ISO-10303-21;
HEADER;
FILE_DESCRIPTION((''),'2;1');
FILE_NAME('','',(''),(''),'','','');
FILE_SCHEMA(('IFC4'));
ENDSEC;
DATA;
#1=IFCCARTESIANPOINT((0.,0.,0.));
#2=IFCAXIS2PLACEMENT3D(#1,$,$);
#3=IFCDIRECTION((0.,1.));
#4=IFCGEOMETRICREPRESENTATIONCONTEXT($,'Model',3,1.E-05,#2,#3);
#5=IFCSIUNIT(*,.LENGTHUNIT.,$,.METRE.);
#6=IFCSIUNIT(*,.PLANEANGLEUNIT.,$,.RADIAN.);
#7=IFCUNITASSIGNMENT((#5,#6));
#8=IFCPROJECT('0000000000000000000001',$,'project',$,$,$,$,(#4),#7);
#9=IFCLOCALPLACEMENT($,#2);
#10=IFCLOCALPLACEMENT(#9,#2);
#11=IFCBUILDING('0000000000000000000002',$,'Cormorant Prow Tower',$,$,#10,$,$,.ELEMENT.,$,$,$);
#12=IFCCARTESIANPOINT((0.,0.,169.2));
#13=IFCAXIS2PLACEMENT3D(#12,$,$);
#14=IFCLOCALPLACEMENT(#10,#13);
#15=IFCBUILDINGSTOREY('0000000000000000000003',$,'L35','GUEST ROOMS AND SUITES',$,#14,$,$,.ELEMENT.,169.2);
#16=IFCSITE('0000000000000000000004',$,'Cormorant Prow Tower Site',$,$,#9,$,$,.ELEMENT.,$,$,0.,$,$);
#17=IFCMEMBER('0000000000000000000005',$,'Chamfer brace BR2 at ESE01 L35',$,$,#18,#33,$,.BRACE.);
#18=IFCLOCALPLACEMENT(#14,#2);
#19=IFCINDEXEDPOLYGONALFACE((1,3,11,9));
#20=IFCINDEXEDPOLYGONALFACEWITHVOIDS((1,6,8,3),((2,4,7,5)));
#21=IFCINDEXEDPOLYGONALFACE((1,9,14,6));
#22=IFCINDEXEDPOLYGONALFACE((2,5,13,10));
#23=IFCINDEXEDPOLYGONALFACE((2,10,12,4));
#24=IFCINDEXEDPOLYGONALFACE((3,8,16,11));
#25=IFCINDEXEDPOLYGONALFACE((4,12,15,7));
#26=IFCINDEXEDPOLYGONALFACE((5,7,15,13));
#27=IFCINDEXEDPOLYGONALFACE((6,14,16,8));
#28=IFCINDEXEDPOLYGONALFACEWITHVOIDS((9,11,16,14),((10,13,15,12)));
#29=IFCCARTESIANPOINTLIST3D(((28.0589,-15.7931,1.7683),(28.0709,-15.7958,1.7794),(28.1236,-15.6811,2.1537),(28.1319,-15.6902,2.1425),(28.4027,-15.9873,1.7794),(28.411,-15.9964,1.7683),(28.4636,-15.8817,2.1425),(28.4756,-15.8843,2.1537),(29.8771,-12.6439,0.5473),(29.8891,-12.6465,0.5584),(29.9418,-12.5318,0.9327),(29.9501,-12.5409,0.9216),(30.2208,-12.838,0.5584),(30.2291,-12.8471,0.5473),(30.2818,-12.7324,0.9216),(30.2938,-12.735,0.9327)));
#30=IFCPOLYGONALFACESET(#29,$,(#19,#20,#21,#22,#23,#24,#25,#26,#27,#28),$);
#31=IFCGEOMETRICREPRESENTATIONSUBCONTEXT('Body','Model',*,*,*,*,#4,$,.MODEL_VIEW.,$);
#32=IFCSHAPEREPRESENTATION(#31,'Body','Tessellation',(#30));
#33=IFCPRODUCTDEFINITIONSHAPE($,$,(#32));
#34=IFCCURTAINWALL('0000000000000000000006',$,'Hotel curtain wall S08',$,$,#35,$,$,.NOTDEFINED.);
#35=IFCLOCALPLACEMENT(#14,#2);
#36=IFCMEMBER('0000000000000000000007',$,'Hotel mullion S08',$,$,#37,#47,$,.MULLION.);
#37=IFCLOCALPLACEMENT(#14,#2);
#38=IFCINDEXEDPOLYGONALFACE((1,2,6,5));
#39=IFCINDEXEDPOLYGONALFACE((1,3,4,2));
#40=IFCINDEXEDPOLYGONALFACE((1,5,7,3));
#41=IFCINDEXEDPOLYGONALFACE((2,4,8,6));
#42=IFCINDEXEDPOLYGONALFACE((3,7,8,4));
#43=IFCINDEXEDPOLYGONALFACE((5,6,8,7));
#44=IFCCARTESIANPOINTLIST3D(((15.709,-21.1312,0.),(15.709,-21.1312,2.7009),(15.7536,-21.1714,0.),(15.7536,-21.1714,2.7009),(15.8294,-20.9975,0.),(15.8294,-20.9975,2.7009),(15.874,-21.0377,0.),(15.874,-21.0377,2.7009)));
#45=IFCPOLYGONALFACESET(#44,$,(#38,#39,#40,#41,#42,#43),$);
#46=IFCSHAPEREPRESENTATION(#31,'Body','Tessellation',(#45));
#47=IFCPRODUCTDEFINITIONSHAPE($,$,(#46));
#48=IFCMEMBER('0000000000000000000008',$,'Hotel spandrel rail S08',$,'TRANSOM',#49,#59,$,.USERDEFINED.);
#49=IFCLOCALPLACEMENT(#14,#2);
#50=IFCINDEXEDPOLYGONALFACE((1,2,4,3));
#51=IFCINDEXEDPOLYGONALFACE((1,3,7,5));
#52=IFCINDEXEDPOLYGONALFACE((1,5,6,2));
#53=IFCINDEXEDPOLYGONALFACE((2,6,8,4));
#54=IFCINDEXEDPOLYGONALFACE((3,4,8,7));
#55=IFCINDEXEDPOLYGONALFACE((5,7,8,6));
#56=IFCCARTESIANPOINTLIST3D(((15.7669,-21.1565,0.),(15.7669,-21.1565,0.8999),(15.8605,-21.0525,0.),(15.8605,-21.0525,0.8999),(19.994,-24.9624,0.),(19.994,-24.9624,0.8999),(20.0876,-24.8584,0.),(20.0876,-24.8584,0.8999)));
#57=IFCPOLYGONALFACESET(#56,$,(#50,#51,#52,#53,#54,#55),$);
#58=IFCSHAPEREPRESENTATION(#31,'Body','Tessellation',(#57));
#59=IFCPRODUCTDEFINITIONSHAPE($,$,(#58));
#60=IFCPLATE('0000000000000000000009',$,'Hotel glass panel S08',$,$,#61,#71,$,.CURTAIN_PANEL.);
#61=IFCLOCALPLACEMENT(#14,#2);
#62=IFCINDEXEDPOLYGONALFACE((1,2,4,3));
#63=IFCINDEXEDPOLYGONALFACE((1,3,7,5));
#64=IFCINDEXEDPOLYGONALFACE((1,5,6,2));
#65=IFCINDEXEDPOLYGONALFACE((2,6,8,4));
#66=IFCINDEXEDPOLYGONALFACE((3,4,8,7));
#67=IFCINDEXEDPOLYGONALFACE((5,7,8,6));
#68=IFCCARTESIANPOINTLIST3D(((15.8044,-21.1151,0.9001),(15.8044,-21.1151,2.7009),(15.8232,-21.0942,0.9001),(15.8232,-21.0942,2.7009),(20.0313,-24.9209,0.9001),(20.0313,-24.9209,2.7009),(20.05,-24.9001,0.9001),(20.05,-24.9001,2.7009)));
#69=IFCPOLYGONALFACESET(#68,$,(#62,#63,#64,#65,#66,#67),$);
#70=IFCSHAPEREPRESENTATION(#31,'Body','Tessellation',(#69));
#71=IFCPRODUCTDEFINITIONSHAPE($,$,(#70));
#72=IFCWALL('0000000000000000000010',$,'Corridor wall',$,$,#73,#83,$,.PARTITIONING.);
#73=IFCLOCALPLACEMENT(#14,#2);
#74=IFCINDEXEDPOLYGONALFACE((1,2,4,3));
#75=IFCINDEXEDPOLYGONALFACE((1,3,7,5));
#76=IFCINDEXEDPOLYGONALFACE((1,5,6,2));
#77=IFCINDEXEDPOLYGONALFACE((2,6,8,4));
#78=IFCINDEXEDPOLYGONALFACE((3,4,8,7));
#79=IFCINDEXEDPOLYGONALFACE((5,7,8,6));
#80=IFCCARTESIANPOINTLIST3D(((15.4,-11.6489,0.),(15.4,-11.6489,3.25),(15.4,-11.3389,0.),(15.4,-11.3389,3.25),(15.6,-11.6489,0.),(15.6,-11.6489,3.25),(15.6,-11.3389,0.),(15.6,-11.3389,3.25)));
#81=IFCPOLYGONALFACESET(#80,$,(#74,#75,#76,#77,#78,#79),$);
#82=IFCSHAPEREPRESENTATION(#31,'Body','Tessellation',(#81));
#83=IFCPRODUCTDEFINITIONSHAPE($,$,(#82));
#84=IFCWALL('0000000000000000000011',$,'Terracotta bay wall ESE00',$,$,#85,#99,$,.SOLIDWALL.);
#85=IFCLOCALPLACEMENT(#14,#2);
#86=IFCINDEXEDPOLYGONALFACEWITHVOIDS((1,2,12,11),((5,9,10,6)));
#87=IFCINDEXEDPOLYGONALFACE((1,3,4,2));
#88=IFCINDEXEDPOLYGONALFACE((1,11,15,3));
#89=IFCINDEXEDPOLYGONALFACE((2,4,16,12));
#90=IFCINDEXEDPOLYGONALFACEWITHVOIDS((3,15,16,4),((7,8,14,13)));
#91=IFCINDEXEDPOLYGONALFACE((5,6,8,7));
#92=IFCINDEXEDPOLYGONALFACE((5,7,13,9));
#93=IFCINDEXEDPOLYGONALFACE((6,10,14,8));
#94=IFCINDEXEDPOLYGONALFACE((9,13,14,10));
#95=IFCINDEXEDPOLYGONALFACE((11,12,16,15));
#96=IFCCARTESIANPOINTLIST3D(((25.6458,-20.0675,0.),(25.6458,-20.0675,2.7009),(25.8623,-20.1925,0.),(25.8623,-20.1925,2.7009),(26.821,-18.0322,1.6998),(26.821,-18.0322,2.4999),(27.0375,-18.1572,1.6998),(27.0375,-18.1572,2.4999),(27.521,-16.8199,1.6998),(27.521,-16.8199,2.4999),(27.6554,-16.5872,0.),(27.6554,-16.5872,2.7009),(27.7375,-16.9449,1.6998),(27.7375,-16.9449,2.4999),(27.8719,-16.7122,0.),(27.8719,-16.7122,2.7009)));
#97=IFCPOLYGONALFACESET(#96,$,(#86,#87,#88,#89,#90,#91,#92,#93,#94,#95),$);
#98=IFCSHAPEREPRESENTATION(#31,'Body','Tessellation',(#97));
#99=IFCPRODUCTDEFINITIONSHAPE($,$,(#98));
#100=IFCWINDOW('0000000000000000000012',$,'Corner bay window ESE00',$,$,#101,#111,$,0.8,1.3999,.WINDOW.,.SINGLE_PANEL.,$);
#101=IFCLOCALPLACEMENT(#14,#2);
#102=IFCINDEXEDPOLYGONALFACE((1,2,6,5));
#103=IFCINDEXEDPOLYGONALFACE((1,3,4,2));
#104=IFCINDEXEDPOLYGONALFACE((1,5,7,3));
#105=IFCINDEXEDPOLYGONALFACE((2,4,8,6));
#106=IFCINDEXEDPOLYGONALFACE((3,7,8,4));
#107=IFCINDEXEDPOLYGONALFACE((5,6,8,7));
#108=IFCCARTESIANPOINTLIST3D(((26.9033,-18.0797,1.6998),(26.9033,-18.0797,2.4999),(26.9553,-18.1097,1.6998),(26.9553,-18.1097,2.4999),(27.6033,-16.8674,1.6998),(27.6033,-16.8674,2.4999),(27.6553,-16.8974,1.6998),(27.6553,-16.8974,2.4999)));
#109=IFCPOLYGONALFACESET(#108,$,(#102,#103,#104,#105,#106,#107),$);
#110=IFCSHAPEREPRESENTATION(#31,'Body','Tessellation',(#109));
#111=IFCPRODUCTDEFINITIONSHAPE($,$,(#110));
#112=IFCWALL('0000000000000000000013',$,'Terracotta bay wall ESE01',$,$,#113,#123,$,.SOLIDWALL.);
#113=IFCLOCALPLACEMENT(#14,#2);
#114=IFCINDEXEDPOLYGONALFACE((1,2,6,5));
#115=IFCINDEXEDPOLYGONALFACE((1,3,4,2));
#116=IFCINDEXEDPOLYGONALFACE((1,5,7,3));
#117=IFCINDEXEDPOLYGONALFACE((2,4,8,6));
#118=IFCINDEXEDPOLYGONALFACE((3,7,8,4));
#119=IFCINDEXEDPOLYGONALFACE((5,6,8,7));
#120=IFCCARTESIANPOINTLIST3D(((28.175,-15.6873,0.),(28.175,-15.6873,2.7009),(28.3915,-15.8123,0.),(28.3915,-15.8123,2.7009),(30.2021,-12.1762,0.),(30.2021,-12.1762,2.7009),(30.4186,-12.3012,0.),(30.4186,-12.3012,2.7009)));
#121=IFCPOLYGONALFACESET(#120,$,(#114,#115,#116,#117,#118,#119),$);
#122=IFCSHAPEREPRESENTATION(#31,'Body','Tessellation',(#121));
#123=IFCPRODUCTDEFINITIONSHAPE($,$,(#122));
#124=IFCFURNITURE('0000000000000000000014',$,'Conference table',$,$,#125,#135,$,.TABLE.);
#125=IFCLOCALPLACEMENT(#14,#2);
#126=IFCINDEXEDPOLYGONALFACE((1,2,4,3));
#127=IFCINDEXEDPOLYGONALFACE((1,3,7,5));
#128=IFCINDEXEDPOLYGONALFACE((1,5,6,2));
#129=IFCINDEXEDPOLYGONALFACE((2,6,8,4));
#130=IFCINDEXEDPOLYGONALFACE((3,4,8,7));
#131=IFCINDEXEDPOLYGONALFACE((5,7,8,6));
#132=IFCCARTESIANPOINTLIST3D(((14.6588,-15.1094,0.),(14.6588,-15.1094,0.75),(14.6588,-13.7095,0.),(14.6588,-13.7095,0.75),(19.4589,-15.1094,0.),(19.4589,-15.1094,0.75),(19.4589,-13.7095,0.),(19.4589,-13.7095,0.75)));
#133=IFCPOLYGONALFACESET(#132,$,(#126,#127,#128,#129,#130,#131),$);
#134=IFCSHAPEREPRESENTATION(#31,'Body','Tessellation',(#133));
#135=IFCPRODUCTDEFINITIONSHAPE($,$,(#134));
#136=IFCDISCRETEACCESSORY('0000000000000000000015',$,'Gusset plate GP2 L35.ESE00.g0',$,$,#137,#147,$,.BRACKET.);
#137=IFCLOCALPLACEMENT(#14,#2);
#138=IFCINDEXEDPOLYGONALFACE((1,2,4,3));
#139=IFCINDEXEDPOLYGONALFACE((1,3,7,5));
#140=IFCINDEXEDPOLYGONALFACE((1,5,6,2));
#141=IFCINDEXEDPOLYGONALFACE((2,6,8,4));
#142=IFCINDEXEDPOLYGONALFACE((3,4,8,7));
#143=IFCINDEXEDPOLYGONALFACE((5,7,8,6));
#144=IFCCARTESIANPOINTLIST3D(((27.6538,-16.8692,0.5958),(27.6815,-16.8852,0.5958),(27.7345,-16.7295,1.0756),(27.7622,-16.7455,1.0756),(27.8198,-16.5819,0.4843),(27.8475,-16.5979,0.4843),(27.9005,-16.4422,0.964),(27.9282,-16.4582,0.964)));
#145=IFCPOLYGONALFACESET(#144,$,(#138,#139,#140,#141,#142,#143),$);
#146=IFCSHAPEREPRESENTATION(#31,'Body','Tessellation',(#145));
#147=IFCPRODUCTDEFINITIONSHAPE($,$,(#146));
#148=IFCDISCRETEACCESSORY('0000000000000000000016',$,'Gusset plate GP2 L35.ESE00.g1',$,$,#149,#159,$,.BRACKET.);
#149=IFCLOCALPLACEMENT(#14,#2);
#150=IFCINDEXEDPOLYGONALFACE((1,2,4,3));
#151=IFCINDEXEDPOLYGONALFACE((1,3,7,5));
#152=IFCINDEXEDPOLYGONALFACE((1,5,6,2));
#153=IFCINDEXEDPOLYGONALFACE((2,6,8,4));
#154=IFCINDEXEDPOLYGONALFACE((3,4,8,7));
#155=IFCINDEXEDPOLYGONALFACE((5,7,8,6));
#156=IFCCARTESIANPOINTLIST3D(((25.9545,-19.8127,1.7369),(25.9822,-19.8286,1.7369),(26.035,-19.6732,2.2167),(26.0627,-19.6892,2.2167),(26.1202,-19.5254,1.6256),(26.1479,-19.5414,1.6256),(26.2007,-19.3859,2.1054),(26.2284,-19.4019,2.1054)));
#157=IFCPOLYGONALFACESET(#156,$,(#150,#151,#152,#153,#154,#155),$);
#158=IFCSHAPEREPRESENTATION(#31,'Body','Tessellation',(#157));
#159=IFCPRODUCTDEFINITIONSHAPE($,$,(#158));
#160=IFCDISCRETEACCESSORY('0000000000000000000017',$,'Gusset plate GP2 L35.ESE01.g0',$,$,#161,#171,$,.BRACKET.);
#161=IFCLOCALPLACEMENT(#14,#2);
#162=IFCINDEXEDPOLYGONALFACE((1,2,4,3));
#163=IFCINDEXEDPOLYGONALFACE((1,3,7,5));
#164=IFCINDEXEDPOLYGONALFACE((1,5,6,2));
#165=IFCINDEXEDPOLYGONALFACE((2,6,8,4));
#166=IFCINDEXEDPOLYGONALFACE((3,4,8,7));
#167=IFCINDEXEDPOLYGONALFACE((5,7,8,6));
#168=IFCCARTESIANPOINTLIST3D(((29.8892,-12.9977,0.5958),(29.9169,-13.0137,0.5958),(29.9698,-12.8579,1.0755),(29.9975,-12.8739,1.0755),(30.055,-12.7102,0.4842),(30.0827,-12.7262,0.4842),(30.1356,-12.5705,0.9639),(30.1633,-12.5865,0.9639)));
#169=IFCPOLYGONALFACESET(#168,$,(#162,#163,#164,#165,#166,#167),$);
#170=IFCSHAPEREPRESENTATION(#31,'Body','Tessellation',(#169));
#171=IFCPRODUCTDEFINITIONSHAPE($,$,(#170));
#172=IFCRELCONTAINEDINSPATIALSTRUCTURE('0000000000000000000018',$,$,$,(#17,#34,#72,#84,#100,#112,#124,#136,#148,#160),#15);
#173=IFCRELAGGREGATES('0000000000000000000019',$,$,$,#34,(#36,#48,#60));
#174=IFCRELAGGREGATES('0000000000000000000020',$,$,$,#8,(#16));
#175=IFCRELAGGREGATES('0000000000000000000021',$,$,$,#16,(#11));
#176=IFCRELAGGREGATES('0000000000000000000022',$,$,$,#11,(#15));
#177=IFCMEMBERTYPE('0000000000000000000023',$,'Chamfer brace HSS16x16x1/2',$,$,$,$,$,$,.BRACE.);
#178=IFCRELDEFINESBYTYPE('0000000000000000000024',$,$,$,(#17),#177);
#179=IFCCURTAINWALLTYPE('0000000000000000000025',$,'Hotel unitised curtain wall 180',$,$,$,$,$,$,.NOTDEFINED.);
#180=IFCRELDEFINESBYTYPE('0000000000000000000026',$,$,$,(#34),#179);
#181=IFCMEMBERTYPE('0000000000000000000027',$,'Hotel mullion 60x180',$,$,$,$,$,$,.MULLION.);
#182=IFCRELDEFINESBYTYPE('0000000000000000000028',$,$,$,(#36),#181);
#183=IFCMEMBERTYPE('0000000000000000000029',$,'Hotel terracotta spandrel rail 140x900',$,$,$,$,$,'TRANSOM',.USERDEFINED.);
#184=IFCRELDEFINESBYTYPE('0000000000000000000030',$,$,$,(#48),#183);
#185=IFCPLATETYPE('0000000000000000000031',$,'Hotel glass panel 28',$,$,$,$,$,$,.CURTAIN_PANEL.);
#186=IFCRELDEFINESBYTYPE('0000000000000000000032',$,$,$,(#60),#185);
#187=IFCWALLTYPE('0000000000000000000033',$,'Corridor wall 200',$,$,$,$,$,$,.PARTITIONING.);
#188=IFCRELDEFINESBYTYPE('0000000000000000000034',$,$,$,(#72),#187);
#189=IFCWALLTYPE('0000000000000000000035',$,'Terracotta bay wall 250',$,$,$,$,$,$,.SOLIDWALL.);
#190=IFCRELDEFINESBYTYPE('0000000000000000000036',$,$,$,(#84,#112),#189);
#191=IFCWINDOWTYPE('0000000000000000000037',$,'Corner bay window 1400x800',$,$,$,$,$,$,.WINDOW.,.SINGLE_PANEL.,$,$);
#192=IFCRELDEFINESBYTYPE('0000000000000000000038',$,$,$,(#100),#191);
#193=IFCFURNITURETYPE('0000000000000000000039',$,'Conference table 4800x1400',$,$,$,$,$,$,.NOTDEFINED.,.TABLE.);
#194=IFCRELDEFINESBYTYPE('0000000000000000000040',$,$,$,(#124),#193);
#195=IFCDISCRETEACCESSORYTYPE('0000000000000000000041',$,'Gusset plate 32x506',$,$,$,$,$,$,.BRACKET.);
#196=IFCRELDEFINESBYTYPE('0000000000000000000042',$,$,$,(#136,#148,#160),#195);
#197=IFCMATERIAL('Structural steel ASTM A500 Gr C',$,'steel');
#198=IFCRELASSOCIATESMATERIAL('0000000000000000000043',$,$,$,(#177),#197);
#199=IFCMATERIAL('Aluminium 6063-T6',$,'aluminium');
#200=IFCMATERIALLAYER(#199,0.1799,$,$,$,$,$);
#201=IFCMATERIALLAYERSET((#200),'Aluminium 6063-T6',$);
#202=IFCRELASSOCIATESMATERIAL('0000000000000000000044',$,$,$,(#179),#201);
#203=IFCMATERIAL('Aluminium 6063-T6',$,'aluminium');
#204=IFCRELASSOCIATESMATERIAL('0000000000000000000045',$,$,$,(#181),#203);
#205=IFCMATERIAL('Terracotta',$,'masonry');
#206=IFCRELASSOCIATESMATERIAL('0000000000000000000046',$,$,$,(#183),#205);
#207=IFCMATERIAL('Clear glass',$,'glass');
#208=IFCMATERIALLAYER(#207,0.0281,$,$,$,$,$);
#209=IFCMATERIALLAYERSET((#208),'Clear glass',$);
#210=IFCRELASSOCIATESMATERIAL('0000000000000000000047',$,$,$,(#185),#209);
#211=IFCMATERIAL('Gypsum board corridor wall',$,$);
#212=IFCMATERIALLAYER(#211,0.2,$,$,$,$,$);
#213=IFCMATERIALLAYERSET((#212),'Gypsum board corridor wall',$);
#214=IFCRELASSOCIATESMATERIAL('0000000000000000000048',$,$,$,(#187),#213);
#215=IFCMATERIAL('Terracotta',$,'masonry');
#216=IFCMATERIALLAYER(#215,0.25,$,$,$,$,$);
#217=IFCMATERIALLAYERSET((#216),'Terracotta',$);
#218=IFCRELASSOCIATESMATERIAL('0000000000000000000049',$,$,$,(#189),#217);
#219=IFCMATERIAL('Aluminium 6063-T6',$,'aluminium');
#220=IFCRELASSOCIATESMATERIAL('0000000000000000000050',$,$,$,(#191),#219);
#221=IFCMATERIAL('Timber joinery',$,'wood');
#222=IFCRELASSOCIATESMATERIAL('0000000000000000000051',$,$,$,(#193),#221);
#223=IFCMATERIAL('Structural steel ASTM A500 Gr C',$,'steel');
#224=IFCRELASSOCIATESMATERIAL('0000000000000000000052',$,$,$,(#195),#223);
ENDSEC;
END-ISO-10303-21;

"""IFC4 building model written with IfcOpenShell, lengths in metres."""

from ifc_helpers import new_model, si_unit, direction, frame, frame_2d, origin, origin_2d, place, context, subcontext, project, spatial, rectangle, hollow_rectangle, extrude, material, layer, layer_set, material_profile, profile_set, type_object, element, fill, aggregate, save


model = new_model("IFC4")

# Units and contexts
model_context = context("Model", 3, precision=1e-05, world=origin(), true_north=direction((0.0, 1.0)))
body_context = subcontext(model_context, "Body", "Model", "MODEL_VIEW")
ifc_project = project(units=[si_unit("LENGTHUNIT", "METRE"), si_unit("PLANEANGLEUNIT", "RADIAN")], contexts=[model_context])

# Site, building, storey
site_placement = place(None, origin())
site = spatial("IfcSite", under=ifc_project, at=site_placement, Name="Cormorant Prow Tower Site", CompositionType="ELEMENT", RefElevation=0.0)
building_placement = place(site_placement, origin())
building = spatial("IfcBuilding", under=site, at=building_placement, Name="Cormorant Prow Tower", CompositionType="ELEMENT")
storey_placement = place(building_placement, frame((0.0, 0.0, 169.2)))
storey = spatial("IfcBuildingStorey", under=building, at=storey_placement, Name="L35", Description="GUEST ROOMS AND SUITES", CompositionType="ELEMENT", Elevation=169.2)

# Member
ifc_material_1 = material(Name="Structural steel ASTM A500 Gr C", Category="steel")
ifc_material_profile_1 = material_profile(ifc_material_1, hollow_rectangle(XDim=0.4065, YDim=0.4065, WallThickness=0.0117, at=origin_2d()), Name="HSS16x16x1/2")
ifc_profile_set_1 = profile_set([ifc_material_profile_1], Name="Structural steel ASTM A500 Gr C")
member_type_1 = type_object("IfcMemberType", Name="Chamfer brace HSS16x16x1/2", PredefinedType="BRACE", material=ifc_profile_set_1)
member_1_placement = place(storey_placement, frame((30.0854, -12.6895, 0.74), z_axis=(-0.473983, -0.82099, 0.318301), x_axis=(0.866032, -0.499988, 0.0)))
element("IfcMember", 1, at=member_1_placement, inside=storey, type_object=member_type_1, Name="Chamfer brace BR2 at ESE01 L35", PredefinedType="BRACE", context=body_context, shape_type="SweptSolid", body=[
    extrude(hollow_rectangle(XDim=0.4065, YDim=0.4065, WallThickness=0.0117, at=origin_2d()), origin(), (0.0, 0.0, 1.0), 3.8359),
])

# Curtain wall, members, plate
ifc_material_2 = material(Name="Aluminium 6063-T6", Category="aluminium")
ifc_layer_1 = layer(ifc_material_2, 0.1799)
ifc_layer_set_1 = layer_set([ifc_layer_1], Name="Aluminium 6063-T6")
curtain_wall_type = type_object("IfcCurtainWallType", Name="Hotel unitised curtain wall 180", PredefinedType="NOTDEFINED", material=ifc_layer_set_1)
curtain_wall_placement = place(storey_placement, origin())
curtain_wall = element("IfcCurtainWall", 2, at=curtain_wall_placement, inside=storey, type_object=curtain_wall_type, Name="Hotel curtain wall S08", PredefinedType="NOTDEFINED")
ifc_material_3 = material(Name="Aluminium 6063-T6", Category="aluminium")
ifc_material_profile_2 = material_profile(ifc_material_3, rectangle(XDim=0.1799, YDim=0.0601, at=origin_2d()), Name="Hotel mullion 60x180")
ifc_profile_set_2 = profile_set([ifc_material_profile_2], Name="Aluminium 6063-T6")
member_type_2 = type_object("IfcMemberType", Name="Hotel mullion 60x180", PredefinedType="MULLION", material=ifc_profile_set_2)
member_2_placement = place(storey_placement, frame((15.7915, -21.0845, 0.0), z_axis=(0.0, 0.0, 1.0), x_axis=(0.669131, 0.743145, 0.0)))
member_2 = element("IfcMember", 3, at=member_2_placement, type_object=member_type_2, Name="Hotel mullion S08", PredefinedType="MULLION", context=body_context, shape_type="SweptSolid", body=[
    extrude(rectangle(XDim=0.1799, YDim=0.0601, at=origin_2d()), origin(), (0.0, 0.0, 1.0), 2.7009),
])
ifc_material_4 = material(Name="Terracotta", Category="masonry")
ifc_material_profile_3 = material_profile(ifc_material_4, rectangle(XDim=0.1399, YDim=0.8999, at=origin_2d()), Name="Hotel terracotta spandrel rail 140x900")
ifc_profile_set_3 = profile_set([ifc_material_profile_3], Name="Terracotta")
member_type_3 = type_object("IfcMemberType", Name="Hotel terracotta spandrel rail 140x900", ElementType="TRANSOM", PredefinedType="USERDEFINED", material=ifc_profile_set_3)
member_3_placement = place(storey_placement, frame((15.8137, -21.1045, 0.45), z_axis=(0.743158, -0.669116, 0.0), x_axis=(0.669116, 0.743158, 0.0)))
member_3 = element("IfcMember", 4, at=member_3_placement, type_object=member_type_3, Name="Hotel spandrel rail S08", ObjectType="TRANSOM", PredefinedType="USERDEFINED", context=body_context, shape_type="SweptSolid", body=[
    extrude(rectangle(XDim=0.1399, YDim=0.8999, at=origin_2d()), origin(), (0.0, 0.0, 1.0), 5.688),
])
ifc_material_5 = material(Name="Clear glass", Category="glass")
ifc_layer_2 = layer(ifc_material_5, 0.0281)
ifc_layer_set_2 = layer_set([ifc_layer_2], Name="Clear glass")
plate_type = type_object("IfcPlateType", Name="Hotel glass panel 28", PredefinedType="CURTAIN_PANEL", material=ifc_layer_set_2)
plate_placement = place(storey_placement, frame((17.9272, -23.0076, 0.9001), z_axis=(0.0, 0.0, 1.0), x_axis=(0.743145, -0.669131, 0.0)))
plate = element("IfcPlate", 5, at=plate_placement, type_object=plate_type, Name="Hotel glass panel S08", PredefinedType="CURTAIN_PANEL", context=body_context, shape_type="SweptSolid", body=[
    extrude(rectangle(XDim=5.6877, YDim=0.0281, at=origin_2d()), origin(), (0.0, 0.0, 1.0), 1.8008),
])
aggregate(curtain_wall, [member_2, member_3, plate])

# Wall
ifc_material_6 = material(Name="Gypsum board corridor wall")
ifc_layer_3 = layer(ifc_material_6, 0.2)
ifc_layer_set_3 = layer_set([ifc_layer_3], Name="Gypsum board corridor wall")
wall_type_1 = type_object("IfcWallType", Name="Corridor wall 200", PredefinedType="PARTITIONING", material=ifc_layer_set_3)
wall_1_placement = place(storey_placement, frame((15.5, -11.6489, 0.0), z_axis=(0.0, 0.0, 1.0), x_axis=(0.0, 1.0, 0.0)))
element("IfcWall", 6, at=wall_1_placement, inside=storey, type_object=wall_type_1, Name="Corridor wall", PredefinedType="PARTITIONING", context=body_context, shape_type="SweptSolid", body=[
    extrude(rectangle(XDim=0.3101, YDim=0.2, at=frame_2d((0.155, 0.0))), origin(), (0.0, 0.0, 1.0), 3.25),
])

# Wall, opening, window
ifc_material_7 = material(Name="Terracotta", Category="masonry")
ifc_layer_4 = layer(ifc_material_7, 0.25)
ifc_layer_set_4 = layer_set([ifc_layer_4], Name="Terracotta")
wall_type_2 = type_object("IfcWallType", Name="Terracotta bay wall 250", PredefinedType="SOLIDWALL", material=ifc_layer_set_4)
wall_2_placement = place(storey_placement, frame((25.7542, -20.1299, 0.0), z_axis=(0.0, 0.0, 1.0), x_axis=(0.50004, 0.866002, 0.0)))
wall_2 = element("IfcWall", 7, at=wall_2_placement, inside=storey, type_object=wall_type_2, Name="Terracotta bay wall ESE00", PredefinedType="SOLIDWALL", context=body_context, shape_type="SweptSolid", body=[
    extrude(rectangle(XDim=4.0188, YDim=0.25, at=frame_2d((2.0093, 0.0))), origin(), (0.0, 0.0, 1.0), 2.7009),
])
opening_1_placement = place(wall_2_placement, frame((2.3501, 0.0, 1.7)))
opening_1 = element("IfcOpeningElement", 8, at=opening_1_placement, cuts=wall_2, PredefinedType="OPENING", context=body_context, shape_type="SweptSolid", body=[
    extrude(rectangle(XDim=1.3999, YDim=0.8, at=frame_2d((0.7, 0.3999))), frame((0.0, 0.135, 0.0), z_axis=(0.0, -1.0, 0.0), x_axis=(1.0, 0.0, 0.0)), (0.0, 0.0, 1.0), 0.27),
])
ifc_material_8 = material(Name="Aluminium 6063-T6", Category="aluminium")
window_type = type_object("IfcWindowType", Name="Corner bay window 1400x800", PartitioningType="SINGLE_PANEL", PredefinedType="WINDOW", material=ifc_material_8)
window_placement = place(opening_1_placement, origin())
window = element("IfcWindow", 9, at=window_placement, inside=storey, type_object=window_type, Name="Corner bay window ESE00", OverallHeight=0.8, OverallWidth=1.3999, PartitioningType="SINGLE_PANEL", PredefinedType="WINDOW", context=body_context, shape_type="SweptSolid", body=[
    extrude(rectangle(XDim=1.3999, YDim=0.8, at=frame_2d((0.7, 0.3999))), frame((0.0, 0.03, 0.0), z_axis=(0.0, -1.0, 0.0), x_axis=(1.0, 0.0, 0.0)), (0.0, 0.0, 1.0), 0.0601),
])
fill(opening_1, window)

# Wall
wall_3_placement = place(storey_placement, frame((28.2832, -15.7498, 0.0), z_axis=(0.0, 0.0, 1.0), x_axis=(0.500006, 0.866022, 0.0)))
element("IfcWall", 10, at=wall_3_placement, inside=storey, type_object=wall_type_2, Name="Terracotta bay wall ESE01", PredefinedType="SOLIDWALL", context=body_context, shape_type="SweptSolid", body=[
    extrude(rectangle(XDim=4.0542, YDim=0.25, at=frame_2d((2.0271, 0.0))), origin(), (0.0, 0.0, 1.0), 2.7009),
])

# Furniture
ifc_material_9 = material(Name="Timber joinery", Category="wood")
furniture_type = type_object("IfcFurnitureType", Name="Conference table 4800x1400", AssemblyPlace="NOTDEFINED", PredefinedType="TABLE", material=ifc_material_9)
furniture_placement = place(storey_placement, frame((17.0588, -14.4094, 0.0), z_axis=(0.0, 0.0, 1.0), x_axis=(1.0, 0.0, 0.0)))
element("IfcFurniture", 11, at=furniture_placement, inside=storey, type_object=furniture_type, Name="Conference table", PredefinedType="TABLE", context=body_context, shape_type="SweptSolid", body=[
    extrude(rectangle(XDim=4.8, YDim=1.3999, at=origin_2d()), origin(), (0.0, 0.0, 1.0), 0.75),
])

# Discrete accessories
ifc_material_10 = material(Name="Structural steel ASTM A500 Gr C", Category="steel")
ifc_material_profile_4 = material_profile(ifc_material_10, rectangle(XDim=0.032, YDim=0.5061, at=origin_2d()), Name="Gusset plate 32x506")
ifc_profile_set_4 = profile_set([ifc_material_profile_4], Name="Structural steel ASTM A500 Gr C")
discrete_accessory_type = type_object("IfcDiscreteAccessoryType", Name="Gusset plate 32x506", PredefinedType="BRACKET", material=ifc_profile_set_4)
discrete_accessory_1_placement = place(storey_placement, frame((27.708, -16.8074, 0.8357), z_axis=(0.474172, 0.820737, -0.318672), x_axis=(-0.865879, 0.500253, 0.0)))
element("IfcDiscreteAccessory", 12, at=discrete_accessory_1_placement, inside=storey, type_object=discrete_accessory_type, Name="Gusset plate GP2 L35.ESE00.g0", PredefinedType="BRACKET", context=body_context, shape_type="SweptSolid", body=[
    extrude(rectangle(XDim=0.032, YDim=0.5061, at=origin_2d()), origin(), (0.0, 0.0, 1.0), 0.3501),
])
discrete_accessory_2_placement = place(storey_placement, frame((26.1743, -19.4636, 1.8655), z_axis=(-0.473737, -0.82119, 0.31815), x_axis=(0.866198, -0.499701, 0.0)))
element("IfcDiscreteAccessory", 13, at=discrete_accessory_2_placement, inside=storey, type_object=discrete_accessory_type, Name="Gusset plate GP2 L35.ESE00.g1", PredefinedType="BRACKET", context=body_context, shape_type="SweptSolid", body=[
    extrude(rectangle(XDim=0.032, YDim=0.5061, at=origin_2d()), origin(), (0.0, 0.0, 1.0), 0.3499),
])
for number, where, z_axis, x_axis, name in (
    (14, (29.9434, -12.9358, 0.8357), (0.473632, 0.821008, -0.318777), (-0.866198, 0.499701, 0.0), "Gusset plate GP2 L35.ESE01.g0"),
):
    element("IfcDiscreteAccessory", number, at=place(storey_placement, frame(where, z_axis=z_axis, x_axis=x_axis)), inside=storey, type_object=discrete_accessory_type, Name=name, PredefinedType="BRACKET", context=body_context, shape_type="SweptSolid", body=[
        extrude(rectangle(XDim=0.032, YDim=0.5061, at=origin_2d()), origin(), (0.0, 0.0, 1.0), 0.3501),
    ])

save(model, "model.ifc")
